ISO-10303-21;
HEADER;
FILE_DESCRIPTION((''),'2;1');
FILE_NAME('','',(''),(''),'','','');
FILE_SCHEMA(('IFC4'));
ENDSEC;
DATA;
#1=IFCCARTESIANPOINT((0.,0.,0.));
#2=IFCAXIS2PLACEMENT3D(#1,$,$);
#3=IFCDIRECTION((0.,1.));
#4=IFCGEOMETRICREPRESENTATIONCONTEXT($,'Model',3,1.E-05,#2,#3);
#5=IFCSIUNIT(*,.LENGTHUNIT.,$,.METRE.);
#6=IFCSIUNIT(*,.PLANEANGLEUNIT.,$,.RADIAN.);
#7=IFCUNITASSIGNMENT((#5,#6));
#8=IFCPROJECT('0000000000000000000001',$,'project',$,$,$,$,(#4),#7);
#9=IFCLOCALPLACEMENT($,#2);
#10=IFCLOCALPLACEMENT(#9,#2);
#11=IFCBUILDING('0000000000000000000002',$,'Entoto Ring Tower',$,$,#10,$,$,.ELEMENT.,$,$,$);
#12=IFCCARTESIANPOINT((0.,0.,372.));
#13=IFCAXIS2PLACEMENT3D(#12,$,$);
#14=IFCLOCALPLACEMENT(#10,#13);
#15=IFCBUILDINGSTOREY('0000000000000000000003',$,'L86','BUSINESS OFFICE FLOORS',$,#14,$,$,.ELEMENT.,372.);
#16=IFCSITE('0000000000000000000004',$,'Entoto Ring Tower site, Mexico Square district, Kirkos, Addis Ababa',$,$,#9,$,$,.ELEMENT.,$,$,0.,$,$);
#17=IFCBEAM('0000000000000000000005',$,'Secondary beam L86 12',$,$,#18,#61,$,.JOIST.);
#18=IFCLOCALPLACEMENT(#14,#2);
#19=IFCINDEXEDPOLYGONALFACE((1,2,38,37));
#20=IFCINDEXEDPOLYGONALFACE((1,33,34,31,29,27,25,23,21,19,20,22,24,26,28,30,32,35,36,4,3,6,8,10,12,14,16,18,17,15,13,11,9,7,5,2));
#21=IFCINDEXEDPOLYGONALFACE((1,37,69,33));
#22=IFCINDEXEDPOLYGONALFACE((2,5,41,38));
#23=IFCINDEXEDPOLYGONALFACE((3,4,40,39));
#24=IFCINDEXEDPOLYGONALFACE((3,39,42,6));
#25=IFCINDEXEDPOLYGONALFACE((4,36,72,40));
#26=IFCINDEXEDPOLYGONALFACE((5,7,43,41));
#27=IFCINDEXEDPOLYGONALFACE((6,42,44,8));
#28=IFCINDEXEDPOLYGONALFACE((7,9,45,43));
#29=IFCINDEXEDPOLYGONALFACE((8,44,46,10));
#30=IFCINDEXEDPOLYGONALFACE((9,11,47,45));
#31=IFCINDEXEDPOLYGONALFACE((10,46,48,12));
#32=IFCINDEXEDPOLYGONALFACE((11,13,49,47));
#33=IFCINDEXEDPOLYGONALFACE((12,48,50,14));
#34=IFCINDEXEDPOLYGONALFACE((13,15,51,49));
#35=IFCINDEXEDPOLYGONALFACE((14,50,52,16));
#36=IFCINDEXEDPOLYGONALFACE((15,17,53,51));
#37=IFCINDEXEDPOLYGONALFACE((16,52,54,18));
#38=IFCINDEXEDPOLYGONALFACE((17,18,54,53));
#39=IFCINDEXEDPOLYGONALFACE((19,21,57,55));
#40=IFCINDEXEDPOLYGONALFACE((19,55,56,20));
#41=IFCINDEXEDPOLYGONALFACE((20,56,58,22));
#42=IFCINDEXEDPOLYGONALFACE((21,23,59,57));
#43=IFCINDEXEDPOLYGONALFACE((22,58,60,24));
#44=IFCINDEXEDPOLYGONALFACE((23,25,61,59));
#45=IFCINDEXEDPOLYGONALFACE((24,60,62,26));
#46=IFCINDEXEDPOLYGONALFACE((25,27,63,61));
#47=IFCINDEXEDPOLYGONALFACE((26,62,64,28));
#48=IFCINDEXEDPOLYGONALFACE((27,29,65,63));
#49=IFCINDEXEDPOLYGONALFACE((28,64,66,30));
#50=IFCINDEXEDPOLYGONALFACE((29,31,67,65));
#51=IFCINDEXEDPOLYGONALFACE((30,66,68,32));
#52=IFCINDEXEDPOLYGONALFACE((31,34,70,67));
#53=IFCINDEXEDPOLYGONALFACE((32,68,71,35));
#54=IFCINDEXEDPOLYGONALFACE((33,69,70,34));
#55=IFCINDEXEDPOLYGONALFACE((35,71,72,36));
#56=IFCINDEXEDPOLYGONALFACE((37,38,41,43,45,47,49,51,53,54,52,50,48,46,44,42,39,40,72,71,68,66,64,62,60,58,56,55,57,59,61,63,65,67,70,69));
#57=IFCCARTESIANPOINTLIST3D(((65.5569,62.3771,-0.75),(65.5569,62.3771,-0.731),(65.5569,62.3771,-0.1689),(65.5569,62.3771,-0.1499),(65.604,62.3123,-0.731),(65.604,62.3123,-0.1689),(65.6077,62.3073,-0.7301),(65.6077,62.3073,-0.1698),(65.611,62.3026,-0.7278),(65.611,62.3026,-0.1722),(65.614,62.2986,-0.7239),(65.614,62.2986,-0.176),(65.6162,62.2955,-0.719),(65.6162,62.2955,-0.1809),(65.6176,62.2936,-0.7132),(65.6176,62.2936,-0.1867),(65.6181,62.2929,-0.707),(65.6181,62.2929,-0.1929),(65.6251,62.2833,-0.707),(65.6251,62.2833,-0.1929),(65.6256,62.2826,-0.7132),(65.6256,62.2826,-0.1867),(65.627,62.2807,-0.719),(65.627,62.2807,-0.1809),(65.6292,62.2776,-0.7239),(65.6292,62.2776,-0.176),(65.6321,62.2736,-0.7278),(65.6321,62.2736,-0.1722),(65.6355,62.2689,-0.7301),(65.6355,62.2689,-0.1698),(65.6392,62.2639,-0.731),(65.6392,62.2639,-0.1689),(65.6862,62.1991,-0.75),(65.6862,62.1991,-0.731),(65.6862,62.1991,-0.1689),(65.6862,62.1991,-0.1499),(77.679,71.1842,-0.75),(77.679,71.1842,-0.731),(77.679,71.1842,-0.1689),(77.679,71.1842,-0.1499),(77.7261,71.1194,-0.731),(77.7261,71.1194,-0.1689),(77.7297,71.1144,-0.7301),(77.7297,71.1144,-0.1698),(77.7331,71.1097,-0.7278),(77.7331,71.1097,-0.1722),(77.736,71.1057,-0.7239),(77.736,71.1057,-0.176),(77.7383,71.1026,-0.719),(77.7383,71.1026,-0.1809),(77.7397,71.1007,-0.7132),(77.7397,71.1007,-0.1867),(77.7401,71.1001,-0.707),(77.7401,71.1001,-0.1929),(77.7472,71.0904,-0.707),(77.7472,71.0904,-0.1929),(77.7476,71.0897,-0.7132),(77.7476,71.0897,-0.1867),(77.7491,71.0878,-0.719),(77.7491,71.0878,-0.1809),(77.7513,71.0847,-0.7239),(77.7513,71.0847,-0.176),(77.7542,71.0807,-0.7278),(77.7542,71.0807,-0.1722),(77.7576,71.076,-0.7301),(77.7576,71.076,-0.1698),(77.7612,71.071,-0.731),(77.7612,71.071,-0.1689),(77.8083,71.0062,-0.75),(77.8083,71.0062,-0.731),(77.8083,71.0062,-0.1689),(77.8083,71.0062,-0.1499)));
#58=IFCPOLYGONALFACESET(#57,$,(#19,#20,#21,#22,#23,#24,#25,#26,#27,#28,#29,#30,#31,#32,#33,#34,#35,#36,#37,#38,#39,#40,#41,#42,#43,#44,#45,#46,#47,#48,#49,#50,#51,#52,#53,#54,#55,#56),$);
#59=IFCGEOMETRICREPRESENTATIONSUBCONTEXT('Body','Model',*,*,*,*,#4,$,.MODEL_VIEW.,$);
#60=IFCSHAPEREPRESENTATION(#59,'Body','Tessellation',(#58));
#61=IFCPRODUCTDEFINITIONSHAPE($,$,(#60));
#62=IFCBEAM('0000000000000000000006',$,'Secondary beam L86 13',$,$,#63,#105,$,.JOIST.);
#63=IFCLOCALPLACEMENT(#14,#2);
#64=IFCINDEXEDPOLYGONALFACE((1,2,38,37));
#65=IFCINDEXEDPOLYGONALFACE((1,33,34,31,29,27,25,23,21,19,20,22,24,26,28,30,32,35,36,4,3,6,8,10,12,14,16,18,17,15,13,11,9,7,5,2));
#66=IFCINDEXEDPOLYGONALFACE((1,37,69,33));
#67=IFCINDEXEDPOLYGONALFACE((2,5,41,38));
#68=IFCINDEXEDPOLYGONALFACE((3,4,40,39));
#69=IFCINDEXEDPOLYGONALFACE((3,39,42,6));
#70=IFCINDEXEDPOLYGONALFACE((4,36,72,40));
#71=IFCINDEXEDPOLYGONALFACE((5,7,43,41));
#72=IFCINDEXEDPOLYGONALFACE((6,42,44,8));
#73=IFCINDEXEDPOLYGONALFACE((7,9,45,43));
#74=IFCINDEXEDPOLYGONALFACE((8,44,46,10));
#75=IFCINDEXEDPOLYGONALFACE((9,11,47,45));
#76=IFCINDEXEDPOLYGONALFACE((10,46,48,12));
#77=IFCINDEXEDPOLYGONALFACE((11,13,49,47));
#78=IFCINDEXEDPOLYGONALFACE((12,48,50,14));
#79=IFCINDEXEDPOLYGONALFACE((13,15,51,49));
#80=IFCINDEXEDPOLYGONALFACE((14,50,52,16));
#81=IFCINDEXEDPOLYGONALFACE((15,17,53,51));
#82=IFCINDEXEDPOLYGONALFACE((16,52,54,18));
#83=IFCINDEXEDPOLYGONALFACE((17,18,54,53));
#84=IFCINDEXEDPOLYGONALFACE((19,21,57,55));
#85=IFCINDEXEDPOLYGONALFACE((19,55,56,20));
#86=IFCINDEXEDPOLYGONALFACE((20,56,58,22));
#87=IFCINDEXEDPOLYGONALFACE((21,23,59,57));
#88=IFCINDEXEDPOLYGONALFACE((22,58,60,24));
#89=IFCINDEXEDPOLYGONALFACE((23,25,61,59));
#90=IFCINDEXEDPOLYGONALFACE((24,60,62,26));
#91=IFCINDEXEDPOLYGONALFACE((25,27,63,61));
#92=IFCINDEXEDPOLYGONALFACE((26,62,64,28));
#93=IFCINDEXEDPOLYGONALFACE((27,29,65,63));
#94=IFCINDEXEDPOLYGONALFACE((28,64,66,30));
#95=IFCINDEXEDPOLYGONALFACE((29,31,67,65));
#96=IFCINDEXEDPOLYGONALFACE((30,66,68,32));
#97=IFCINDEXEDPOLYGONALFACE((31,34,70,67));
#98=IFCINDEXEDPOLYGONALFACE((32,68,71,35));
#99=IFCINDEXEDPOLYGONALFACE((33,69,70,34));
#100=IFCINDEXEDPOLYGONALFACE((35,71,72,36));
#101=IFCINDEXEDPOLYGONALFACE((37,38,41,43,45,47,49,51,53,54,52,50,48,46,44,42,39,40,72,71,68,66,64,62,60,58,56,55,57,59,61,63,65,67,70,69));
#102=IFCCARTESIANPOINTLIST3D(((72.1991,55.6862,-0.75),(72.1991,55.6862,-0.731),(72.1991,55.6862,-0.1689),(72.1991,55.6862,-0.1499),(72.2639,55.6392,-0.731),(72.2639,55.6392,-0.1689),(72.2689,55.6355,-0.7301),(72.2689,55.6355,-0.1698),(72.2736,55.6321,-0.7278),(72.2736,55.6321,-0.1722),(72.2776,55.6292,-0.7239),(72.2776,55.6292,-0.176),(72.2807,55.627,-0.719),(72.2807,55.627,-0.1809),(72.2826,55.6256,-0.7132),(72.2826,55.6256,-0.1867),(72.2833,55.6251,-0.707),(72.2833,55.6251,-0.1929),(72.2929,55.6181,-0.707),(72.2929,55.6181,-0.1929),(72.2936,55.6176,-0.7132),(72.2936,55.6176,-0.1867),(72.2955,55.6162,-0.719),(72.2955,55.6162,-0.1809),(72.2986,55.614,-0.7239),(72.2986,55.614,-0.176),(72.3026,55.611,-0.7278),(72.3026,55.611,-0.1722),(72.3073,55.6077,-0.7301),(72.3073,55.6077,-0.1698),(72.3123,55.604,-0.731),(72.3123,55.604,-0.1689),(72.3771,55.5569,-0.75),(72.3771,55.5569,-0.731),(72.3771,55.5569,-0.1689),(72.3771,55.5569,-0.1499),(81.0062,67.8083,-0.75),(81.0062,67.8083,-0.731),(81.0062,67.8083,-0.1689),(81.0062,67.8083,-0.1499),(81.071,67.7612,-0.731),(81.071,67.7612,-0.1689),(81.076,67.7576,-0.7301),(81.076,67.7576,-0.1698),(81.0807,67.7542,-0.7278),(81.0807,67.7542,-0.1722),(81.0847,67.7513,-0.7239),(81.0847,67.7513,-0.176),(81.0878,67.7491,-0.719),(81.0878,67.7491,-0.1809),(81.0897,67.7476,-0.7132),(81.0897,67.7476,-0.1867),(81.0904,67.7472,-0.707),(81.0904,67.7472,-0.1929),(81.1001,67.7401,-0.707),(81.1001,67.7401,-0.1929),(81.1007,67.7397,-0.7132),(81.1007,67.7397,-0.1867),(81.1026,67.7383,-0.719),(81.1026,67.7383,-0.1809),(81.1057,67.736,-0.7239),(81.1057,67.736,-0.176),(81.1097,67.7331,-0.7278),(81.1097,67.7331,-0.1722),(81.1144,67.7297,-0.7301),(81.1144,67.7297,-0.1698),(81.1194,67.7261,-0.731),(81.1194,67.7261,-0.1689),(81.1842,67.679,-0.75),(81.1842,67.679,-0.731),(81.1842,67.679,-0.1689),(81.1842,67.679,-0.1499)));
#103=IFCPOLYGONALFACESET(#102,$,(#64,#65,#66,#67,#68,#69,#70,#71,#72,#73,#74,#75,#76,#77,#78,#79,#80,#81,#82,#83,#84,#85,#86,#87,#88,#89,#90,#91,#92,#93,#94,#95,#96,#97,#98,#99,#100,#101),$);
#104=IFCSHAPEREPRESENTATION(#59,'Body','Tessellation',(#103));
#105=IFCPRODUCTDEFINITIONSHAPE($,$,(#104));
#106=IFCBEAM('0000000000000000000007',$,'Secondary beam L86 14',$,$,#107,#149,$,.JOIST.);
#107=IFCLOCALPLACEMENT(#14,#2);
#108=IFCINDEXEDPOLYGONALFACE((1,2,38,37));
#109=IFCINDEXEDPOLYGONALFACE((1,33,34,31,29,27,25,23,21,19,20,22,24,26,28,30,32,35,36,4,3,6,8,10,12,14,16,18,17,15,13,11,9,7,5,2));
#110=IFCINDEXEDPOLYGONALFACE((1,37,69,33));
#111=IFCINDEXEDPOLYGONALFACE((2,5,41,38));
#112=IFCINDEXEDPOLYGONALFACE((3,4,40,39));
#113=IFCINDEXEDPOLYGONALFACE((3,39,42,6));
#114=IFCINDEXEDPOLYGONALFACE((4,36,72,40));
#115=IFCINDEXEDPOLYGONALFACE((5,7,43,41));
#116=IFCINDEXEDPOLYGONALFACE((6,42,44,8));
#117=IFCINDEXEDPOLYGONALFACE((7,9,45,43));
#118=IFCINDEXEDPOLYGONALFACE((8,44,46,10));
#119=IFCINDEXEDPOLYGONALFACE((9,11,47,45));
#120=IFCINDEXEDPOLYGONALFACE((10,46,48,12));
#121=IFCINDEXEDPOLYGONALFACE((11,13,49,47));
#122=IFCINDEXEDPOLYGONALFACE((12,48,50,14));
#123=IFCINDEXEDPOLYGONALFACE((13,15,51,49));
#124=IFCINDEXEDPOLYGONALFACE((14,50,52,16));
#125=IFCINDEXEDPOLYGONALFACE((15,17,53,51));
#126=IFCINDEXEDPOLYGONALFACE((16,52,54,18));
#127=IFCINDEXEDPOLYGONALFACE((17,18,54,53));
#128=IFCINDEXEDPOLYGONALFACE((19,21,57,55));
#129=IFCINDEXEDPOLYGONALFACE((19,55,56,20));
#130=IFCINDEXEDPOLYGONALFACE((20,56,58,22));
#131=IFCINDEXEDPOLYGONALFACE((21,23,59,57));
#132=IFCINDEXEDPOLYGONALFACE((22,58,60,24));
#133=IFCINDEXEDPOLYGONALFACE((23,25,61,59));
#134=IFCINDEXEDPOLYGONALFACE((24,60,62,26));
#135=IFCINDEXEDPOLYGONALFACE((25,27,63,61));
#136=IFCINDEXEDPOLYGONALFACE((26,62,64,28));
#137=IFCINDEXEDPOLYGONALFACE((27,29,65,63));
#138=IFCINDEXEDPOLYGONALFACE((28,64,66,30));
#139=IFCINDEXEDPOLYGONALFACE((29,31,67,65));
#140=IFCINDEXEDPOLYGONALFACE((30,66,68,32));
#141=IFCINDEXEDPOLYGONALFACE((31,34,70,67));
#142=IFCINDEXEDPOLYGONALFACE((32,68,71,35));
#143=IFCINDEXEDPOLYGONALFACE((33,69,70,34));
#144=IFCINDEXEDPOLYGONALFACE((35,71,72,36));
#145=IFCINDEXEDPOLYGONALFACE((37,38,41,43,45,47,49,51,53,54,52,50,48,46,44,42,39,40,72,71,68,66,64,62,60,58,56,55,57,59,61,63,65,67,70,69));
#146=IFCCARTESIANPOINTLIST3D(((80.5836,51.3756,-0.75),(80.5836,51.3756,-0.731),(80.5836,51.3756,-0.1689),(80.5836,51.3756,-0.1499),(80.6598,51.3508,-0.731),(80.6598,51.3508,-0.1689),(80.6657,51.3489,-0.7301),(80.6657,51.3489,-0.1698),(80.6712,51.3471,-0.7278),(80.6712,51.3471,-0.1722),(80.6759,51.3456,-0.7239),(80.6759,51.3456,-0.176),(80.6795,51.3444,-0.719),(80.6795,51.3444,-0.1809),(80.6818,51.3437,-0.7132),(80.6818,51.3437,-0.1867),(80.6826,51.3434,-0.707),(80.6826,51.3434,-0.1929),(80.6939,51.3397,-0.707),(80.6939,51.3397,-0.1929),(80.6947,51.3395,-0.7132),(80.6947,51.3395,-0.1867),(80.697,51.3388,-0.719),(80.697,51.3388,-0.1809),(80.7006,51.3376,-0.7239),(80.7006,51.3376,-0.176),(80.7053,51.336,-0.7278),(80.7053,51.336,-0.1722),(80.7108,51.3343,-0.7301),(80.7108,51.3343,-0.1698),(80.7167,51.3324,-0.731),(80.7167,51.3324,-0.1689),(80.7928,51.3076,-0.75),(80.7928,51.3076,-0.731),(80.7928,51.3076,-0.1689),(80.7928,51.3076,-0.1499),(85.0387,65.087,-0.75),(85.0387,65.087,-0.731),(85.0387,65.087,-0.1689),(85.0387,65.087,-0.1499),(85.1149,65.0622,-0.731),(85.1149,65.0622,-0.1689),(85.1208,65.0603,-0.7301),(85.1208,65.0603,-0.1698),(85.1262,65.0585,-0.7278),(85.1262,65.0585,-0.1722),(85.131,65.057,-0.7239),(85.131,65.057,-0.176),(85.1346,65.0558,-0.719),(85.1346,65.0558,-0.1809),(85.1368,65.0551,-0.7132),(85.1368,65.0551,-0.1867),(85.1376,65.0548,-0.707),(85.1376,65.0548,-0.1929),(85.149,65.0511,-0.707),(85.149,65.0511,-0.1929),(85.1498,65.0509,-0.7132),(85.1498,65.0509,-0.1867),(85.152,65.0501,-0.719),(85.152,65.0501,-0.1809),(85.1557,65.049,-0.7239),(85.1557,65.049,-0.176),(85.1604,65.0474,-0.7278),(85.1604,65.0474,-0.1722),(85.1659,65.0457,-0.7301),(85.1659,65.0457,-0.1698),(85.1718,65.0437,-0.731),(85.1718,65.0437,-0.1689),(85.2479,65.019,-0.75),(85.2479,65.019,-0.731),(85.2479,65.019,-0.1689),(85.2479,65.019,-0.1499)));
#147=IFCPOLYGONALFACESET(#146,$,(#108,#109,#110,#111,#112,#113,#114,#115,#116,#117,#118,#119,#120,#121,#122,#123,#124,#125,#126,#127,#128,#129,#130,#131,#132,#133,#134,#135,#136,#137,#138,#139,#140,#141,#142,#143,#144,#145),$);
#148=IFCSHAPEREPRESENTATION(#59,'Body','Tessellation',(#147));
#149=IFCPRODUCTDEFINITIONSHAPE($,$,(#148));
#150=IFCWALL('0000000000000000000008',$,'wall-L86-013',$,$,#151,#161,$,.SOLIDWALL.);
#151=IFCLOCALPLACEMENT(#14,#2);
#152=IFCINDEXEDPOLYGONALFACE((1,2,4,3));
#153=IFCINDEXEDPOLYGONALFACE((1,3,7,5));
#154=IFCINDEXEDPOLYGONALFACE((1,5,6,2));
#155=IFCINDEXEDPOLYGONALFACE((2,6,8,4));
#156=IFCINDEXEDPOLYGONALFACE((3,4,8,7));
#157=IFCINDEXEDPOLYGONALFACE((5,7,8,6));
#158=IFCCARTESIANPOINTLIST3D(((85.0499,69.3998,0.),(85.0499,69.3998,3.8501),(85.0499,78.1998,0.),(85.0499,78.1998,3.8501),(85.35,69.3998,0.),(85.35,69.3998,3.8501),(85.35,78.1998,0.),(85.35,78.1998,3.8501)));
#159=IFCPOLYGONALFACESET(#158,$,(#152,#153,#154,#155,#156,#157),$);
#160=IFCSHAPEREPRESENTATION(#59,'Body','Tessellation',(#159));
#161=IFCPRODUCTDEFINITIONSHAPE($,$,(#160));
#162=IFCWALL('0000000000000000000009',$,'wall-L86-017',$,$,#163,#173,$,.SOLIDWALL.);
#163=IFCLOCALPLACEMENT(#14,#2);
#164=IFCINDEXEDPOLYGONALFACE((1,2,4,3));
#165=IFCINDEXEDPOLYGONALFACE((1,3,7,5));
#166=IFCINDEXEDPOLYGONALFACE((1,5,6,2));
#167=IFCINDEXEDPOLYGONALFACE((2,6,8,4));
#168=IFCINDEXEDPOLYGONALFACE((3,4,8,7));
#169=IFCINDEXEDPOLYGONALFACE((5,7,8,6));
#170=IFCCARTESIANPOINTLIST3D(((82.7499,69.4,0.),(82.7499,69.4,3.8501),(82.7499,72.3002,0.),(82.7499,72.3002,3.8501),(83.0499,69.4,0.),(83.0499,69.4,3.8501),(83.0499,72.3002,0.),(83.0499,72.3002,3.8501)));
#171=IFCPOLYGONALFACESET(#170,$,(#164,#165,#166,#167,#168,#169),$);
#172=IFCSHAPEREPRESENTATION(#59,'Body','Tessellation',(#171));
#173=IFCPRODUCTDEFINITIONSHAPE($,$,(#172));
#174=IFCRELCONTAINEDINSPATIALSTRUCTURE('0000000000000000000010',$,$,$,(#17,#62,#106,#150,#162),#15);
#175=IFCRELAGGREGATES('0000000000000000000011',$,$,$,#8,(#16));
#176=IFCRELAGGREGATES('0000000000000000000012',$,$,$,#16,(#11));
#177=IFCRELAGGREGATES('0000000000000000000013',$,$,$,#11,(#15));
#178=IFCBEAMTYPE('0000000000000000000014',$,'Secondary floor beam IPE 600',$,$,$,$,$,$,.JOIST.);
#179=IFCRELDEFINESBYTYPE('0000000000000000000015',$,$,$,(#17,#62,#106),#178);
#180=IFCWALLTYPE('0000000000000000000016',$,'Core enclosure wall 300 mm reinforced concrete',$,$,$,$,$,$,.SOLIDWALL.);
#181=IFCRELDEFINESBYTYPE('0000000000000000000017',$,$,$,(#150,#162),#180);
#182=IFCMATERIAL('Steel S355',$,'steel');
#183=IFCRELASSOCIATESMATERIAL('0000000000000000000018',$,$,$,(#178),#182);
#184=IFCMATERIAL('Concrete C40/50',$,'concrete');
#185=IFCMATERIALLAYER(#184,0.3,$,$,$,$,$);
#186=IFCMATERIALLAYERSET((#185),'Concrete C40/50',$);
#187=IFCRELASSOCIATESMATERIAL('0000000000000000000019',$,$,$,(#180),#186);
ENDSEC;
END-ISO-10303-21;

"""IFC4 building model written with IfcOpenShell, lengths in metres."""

from ifc_helpers import new_model, si_unit, direction, frame, frame_2d, origin, origin_2d, place, context, subcontext, project, spatial, rectangle, i_section, extrude, material, layer, layer_set, material_profile, profile_set, type_object, element, save


model = new_model("IFC4")

# Units and contexts
model_context = context("Model", 3, precision=1e-05, world=origin(), true_north=direction((0.0, 1.0)))
body_context = subcontext(model_context, "Body", "Model", "MODEL_VIEW")
ifc_project = project(units=[si_unit("LENGTHUNIT", "METRE"), si_unit("PLANEANGLEUNIT", "RADIAN")], contexts=[model_context])

# Site, building, storey
site_placement = place(None, origin())
site = spatial("IfcSite", under=ifc_project, at=site_placement, Name="Entoto Ring Tower site, Mexico Square district, Kirkos, Addis Ababa", CompositionType="ELEMENT", RefElevation=0.0)
building_placement = place(site_placement, origin())
building = spatial("IfcBuilding", under=site, at=building_placement, Name="Entoto Ring Tower", CompositionType="ELEMENT")
storey_placement = place(building_placement, frame((0.0, 0.0, 372.0)))
storey = spatial("IfcBuildingStorey", under=building, at=storey_placement, Name="L86", Description="BUSINESS OFFICE FLOORS", CompositionType="ELEMENT", Elevation=372.0)

# Beams
ifc_material_1 = material(Name="Steel S355", Category="steel")
ifc_material_profile_1 = material_profile(ifc_material_1, i_section(OverallWidth=0.22, OverallDepth=0.6001, WebThickness=0.012, FlangeThickness=0.019, FilletRadius=0.0239, at=origin_2d()), Name="IPE 600")
ifc_profile_set_1 = profile_set([ifc_material_profile_1], Name="Steel S355")
beam_type_1 = type_object("IfcBeamType", Name="Secondary floor beam IPE 600", PredefinedType="JOIST", material=ifc_profile_set_1)
for number, where, z_axis, x_axis, name in (
    (1, (77.7437, 71.0952, -0.45), (-0.809019, -0.587782, 0.0), (0.587782, -0.809019, 0.0), "Secondary beam L86 12"),
    (2, (81.0952, 67.7437, -0.45), (-0.587782, -0.809019, 0.0), (0.809019, -0.587782, 0.0), "Secondary beam L86 13"),
):
    element("IfcBeam", number, at=place(storey_placement, frame(where, z_axis=z_axis, x_axis=x_axis)), inside=storey, type_object=beam_type_1, Name=name, PredefinedType="JOIST", context=body_context, shape_type="SweptSolid", body=[
        extrude(i_section(OverallWidth=0.22, OverallDepth=0.6001, WebThickness=0.012, FlangeThickness=0.019, FilletRadius=0.0239, at=origin_2d()), origin(), (0.0, 0.0, 1.0), 14.9836),
    ])
beam_1_placement = place(storey_placement, frame((85.1433, 65.053, -0.45), z_axis=(-0.309015, -0.951057, 0.0), x_axis=(0.951057, -0.309015, 0.0)))
element("IfcBeam", 3, at=beam_1_placement, inside=storey, type_object=beam_type_1, Name="Secondary beam L86 14", PredefinedType="JOIST", context=body_context, shape_type="SweptSolid", body=[
    extrude(i_section(OverallWidth=0.22, OverallDepth=0.6001, WebThickness=0.012, FlangeThickness=0.019, FilletRadius=0.0239, at=origin_2d()), origin(), (0.0, 0.0, 1.0), 14.417),
])

# Walls
ifc_material_2 = material(Name="Concrete C40/50", Category="concrete")
ifc_layer_1 = layer(ifc_material_2, 0.3)
ifc_layer_set_1 = layer_set([ifc_layer_1], Name="Concrete C40/50")
wall_type_1 = type_object("IfcWallType", Name="Core enclosure wall 300 mm reinforced concrete", PredefinedType="SOLIDWALL", material=ifc_layer_set_1)
wall_1_placement = place(storey_placement, frame((85.2, 69.3999, 0.0), z_axis=(0.0, 0.0, 1.0), x_axis=(0.0, 1.0, 0.0)))
element("IfcWall", 4, at=wall_1_placement, inside=storey, type_object=wall_type_1, Name="wall-L86-013", PredefinedType="SOLIDWALL", context=body_context, shape_type="SweptSolid", body=[
    extrude(rectangle(XDim=8.8, YDim=0.3, at=frame_2d((4.3999, 0.0))), origin(), (0.0, 0.0, 1.0), 3.8501),
])
wall_2_placement = place(storey_placement, frame((82.8999, 69.3999, 0.0), z_axis=(0.0, 0.0, 1.0), x_axis=(0.0, 1.0, 0.0)))
element("IfcWall", 5, at=wall_2_placement, inside=storey, type_object=wall_type_1, Name="wall-L86-017", PredefinedType="SOLIDWALL", context=body_context, shape_type="SweptSolid", body=[
    extrude(rectangle(XDim=2.9001, YDim=0.3, at=frame_2d((1.4502, 0.0))), origin(), (0.0, 0.0, 1.0), 3.8501),
])

save(model, "model.ifc")
